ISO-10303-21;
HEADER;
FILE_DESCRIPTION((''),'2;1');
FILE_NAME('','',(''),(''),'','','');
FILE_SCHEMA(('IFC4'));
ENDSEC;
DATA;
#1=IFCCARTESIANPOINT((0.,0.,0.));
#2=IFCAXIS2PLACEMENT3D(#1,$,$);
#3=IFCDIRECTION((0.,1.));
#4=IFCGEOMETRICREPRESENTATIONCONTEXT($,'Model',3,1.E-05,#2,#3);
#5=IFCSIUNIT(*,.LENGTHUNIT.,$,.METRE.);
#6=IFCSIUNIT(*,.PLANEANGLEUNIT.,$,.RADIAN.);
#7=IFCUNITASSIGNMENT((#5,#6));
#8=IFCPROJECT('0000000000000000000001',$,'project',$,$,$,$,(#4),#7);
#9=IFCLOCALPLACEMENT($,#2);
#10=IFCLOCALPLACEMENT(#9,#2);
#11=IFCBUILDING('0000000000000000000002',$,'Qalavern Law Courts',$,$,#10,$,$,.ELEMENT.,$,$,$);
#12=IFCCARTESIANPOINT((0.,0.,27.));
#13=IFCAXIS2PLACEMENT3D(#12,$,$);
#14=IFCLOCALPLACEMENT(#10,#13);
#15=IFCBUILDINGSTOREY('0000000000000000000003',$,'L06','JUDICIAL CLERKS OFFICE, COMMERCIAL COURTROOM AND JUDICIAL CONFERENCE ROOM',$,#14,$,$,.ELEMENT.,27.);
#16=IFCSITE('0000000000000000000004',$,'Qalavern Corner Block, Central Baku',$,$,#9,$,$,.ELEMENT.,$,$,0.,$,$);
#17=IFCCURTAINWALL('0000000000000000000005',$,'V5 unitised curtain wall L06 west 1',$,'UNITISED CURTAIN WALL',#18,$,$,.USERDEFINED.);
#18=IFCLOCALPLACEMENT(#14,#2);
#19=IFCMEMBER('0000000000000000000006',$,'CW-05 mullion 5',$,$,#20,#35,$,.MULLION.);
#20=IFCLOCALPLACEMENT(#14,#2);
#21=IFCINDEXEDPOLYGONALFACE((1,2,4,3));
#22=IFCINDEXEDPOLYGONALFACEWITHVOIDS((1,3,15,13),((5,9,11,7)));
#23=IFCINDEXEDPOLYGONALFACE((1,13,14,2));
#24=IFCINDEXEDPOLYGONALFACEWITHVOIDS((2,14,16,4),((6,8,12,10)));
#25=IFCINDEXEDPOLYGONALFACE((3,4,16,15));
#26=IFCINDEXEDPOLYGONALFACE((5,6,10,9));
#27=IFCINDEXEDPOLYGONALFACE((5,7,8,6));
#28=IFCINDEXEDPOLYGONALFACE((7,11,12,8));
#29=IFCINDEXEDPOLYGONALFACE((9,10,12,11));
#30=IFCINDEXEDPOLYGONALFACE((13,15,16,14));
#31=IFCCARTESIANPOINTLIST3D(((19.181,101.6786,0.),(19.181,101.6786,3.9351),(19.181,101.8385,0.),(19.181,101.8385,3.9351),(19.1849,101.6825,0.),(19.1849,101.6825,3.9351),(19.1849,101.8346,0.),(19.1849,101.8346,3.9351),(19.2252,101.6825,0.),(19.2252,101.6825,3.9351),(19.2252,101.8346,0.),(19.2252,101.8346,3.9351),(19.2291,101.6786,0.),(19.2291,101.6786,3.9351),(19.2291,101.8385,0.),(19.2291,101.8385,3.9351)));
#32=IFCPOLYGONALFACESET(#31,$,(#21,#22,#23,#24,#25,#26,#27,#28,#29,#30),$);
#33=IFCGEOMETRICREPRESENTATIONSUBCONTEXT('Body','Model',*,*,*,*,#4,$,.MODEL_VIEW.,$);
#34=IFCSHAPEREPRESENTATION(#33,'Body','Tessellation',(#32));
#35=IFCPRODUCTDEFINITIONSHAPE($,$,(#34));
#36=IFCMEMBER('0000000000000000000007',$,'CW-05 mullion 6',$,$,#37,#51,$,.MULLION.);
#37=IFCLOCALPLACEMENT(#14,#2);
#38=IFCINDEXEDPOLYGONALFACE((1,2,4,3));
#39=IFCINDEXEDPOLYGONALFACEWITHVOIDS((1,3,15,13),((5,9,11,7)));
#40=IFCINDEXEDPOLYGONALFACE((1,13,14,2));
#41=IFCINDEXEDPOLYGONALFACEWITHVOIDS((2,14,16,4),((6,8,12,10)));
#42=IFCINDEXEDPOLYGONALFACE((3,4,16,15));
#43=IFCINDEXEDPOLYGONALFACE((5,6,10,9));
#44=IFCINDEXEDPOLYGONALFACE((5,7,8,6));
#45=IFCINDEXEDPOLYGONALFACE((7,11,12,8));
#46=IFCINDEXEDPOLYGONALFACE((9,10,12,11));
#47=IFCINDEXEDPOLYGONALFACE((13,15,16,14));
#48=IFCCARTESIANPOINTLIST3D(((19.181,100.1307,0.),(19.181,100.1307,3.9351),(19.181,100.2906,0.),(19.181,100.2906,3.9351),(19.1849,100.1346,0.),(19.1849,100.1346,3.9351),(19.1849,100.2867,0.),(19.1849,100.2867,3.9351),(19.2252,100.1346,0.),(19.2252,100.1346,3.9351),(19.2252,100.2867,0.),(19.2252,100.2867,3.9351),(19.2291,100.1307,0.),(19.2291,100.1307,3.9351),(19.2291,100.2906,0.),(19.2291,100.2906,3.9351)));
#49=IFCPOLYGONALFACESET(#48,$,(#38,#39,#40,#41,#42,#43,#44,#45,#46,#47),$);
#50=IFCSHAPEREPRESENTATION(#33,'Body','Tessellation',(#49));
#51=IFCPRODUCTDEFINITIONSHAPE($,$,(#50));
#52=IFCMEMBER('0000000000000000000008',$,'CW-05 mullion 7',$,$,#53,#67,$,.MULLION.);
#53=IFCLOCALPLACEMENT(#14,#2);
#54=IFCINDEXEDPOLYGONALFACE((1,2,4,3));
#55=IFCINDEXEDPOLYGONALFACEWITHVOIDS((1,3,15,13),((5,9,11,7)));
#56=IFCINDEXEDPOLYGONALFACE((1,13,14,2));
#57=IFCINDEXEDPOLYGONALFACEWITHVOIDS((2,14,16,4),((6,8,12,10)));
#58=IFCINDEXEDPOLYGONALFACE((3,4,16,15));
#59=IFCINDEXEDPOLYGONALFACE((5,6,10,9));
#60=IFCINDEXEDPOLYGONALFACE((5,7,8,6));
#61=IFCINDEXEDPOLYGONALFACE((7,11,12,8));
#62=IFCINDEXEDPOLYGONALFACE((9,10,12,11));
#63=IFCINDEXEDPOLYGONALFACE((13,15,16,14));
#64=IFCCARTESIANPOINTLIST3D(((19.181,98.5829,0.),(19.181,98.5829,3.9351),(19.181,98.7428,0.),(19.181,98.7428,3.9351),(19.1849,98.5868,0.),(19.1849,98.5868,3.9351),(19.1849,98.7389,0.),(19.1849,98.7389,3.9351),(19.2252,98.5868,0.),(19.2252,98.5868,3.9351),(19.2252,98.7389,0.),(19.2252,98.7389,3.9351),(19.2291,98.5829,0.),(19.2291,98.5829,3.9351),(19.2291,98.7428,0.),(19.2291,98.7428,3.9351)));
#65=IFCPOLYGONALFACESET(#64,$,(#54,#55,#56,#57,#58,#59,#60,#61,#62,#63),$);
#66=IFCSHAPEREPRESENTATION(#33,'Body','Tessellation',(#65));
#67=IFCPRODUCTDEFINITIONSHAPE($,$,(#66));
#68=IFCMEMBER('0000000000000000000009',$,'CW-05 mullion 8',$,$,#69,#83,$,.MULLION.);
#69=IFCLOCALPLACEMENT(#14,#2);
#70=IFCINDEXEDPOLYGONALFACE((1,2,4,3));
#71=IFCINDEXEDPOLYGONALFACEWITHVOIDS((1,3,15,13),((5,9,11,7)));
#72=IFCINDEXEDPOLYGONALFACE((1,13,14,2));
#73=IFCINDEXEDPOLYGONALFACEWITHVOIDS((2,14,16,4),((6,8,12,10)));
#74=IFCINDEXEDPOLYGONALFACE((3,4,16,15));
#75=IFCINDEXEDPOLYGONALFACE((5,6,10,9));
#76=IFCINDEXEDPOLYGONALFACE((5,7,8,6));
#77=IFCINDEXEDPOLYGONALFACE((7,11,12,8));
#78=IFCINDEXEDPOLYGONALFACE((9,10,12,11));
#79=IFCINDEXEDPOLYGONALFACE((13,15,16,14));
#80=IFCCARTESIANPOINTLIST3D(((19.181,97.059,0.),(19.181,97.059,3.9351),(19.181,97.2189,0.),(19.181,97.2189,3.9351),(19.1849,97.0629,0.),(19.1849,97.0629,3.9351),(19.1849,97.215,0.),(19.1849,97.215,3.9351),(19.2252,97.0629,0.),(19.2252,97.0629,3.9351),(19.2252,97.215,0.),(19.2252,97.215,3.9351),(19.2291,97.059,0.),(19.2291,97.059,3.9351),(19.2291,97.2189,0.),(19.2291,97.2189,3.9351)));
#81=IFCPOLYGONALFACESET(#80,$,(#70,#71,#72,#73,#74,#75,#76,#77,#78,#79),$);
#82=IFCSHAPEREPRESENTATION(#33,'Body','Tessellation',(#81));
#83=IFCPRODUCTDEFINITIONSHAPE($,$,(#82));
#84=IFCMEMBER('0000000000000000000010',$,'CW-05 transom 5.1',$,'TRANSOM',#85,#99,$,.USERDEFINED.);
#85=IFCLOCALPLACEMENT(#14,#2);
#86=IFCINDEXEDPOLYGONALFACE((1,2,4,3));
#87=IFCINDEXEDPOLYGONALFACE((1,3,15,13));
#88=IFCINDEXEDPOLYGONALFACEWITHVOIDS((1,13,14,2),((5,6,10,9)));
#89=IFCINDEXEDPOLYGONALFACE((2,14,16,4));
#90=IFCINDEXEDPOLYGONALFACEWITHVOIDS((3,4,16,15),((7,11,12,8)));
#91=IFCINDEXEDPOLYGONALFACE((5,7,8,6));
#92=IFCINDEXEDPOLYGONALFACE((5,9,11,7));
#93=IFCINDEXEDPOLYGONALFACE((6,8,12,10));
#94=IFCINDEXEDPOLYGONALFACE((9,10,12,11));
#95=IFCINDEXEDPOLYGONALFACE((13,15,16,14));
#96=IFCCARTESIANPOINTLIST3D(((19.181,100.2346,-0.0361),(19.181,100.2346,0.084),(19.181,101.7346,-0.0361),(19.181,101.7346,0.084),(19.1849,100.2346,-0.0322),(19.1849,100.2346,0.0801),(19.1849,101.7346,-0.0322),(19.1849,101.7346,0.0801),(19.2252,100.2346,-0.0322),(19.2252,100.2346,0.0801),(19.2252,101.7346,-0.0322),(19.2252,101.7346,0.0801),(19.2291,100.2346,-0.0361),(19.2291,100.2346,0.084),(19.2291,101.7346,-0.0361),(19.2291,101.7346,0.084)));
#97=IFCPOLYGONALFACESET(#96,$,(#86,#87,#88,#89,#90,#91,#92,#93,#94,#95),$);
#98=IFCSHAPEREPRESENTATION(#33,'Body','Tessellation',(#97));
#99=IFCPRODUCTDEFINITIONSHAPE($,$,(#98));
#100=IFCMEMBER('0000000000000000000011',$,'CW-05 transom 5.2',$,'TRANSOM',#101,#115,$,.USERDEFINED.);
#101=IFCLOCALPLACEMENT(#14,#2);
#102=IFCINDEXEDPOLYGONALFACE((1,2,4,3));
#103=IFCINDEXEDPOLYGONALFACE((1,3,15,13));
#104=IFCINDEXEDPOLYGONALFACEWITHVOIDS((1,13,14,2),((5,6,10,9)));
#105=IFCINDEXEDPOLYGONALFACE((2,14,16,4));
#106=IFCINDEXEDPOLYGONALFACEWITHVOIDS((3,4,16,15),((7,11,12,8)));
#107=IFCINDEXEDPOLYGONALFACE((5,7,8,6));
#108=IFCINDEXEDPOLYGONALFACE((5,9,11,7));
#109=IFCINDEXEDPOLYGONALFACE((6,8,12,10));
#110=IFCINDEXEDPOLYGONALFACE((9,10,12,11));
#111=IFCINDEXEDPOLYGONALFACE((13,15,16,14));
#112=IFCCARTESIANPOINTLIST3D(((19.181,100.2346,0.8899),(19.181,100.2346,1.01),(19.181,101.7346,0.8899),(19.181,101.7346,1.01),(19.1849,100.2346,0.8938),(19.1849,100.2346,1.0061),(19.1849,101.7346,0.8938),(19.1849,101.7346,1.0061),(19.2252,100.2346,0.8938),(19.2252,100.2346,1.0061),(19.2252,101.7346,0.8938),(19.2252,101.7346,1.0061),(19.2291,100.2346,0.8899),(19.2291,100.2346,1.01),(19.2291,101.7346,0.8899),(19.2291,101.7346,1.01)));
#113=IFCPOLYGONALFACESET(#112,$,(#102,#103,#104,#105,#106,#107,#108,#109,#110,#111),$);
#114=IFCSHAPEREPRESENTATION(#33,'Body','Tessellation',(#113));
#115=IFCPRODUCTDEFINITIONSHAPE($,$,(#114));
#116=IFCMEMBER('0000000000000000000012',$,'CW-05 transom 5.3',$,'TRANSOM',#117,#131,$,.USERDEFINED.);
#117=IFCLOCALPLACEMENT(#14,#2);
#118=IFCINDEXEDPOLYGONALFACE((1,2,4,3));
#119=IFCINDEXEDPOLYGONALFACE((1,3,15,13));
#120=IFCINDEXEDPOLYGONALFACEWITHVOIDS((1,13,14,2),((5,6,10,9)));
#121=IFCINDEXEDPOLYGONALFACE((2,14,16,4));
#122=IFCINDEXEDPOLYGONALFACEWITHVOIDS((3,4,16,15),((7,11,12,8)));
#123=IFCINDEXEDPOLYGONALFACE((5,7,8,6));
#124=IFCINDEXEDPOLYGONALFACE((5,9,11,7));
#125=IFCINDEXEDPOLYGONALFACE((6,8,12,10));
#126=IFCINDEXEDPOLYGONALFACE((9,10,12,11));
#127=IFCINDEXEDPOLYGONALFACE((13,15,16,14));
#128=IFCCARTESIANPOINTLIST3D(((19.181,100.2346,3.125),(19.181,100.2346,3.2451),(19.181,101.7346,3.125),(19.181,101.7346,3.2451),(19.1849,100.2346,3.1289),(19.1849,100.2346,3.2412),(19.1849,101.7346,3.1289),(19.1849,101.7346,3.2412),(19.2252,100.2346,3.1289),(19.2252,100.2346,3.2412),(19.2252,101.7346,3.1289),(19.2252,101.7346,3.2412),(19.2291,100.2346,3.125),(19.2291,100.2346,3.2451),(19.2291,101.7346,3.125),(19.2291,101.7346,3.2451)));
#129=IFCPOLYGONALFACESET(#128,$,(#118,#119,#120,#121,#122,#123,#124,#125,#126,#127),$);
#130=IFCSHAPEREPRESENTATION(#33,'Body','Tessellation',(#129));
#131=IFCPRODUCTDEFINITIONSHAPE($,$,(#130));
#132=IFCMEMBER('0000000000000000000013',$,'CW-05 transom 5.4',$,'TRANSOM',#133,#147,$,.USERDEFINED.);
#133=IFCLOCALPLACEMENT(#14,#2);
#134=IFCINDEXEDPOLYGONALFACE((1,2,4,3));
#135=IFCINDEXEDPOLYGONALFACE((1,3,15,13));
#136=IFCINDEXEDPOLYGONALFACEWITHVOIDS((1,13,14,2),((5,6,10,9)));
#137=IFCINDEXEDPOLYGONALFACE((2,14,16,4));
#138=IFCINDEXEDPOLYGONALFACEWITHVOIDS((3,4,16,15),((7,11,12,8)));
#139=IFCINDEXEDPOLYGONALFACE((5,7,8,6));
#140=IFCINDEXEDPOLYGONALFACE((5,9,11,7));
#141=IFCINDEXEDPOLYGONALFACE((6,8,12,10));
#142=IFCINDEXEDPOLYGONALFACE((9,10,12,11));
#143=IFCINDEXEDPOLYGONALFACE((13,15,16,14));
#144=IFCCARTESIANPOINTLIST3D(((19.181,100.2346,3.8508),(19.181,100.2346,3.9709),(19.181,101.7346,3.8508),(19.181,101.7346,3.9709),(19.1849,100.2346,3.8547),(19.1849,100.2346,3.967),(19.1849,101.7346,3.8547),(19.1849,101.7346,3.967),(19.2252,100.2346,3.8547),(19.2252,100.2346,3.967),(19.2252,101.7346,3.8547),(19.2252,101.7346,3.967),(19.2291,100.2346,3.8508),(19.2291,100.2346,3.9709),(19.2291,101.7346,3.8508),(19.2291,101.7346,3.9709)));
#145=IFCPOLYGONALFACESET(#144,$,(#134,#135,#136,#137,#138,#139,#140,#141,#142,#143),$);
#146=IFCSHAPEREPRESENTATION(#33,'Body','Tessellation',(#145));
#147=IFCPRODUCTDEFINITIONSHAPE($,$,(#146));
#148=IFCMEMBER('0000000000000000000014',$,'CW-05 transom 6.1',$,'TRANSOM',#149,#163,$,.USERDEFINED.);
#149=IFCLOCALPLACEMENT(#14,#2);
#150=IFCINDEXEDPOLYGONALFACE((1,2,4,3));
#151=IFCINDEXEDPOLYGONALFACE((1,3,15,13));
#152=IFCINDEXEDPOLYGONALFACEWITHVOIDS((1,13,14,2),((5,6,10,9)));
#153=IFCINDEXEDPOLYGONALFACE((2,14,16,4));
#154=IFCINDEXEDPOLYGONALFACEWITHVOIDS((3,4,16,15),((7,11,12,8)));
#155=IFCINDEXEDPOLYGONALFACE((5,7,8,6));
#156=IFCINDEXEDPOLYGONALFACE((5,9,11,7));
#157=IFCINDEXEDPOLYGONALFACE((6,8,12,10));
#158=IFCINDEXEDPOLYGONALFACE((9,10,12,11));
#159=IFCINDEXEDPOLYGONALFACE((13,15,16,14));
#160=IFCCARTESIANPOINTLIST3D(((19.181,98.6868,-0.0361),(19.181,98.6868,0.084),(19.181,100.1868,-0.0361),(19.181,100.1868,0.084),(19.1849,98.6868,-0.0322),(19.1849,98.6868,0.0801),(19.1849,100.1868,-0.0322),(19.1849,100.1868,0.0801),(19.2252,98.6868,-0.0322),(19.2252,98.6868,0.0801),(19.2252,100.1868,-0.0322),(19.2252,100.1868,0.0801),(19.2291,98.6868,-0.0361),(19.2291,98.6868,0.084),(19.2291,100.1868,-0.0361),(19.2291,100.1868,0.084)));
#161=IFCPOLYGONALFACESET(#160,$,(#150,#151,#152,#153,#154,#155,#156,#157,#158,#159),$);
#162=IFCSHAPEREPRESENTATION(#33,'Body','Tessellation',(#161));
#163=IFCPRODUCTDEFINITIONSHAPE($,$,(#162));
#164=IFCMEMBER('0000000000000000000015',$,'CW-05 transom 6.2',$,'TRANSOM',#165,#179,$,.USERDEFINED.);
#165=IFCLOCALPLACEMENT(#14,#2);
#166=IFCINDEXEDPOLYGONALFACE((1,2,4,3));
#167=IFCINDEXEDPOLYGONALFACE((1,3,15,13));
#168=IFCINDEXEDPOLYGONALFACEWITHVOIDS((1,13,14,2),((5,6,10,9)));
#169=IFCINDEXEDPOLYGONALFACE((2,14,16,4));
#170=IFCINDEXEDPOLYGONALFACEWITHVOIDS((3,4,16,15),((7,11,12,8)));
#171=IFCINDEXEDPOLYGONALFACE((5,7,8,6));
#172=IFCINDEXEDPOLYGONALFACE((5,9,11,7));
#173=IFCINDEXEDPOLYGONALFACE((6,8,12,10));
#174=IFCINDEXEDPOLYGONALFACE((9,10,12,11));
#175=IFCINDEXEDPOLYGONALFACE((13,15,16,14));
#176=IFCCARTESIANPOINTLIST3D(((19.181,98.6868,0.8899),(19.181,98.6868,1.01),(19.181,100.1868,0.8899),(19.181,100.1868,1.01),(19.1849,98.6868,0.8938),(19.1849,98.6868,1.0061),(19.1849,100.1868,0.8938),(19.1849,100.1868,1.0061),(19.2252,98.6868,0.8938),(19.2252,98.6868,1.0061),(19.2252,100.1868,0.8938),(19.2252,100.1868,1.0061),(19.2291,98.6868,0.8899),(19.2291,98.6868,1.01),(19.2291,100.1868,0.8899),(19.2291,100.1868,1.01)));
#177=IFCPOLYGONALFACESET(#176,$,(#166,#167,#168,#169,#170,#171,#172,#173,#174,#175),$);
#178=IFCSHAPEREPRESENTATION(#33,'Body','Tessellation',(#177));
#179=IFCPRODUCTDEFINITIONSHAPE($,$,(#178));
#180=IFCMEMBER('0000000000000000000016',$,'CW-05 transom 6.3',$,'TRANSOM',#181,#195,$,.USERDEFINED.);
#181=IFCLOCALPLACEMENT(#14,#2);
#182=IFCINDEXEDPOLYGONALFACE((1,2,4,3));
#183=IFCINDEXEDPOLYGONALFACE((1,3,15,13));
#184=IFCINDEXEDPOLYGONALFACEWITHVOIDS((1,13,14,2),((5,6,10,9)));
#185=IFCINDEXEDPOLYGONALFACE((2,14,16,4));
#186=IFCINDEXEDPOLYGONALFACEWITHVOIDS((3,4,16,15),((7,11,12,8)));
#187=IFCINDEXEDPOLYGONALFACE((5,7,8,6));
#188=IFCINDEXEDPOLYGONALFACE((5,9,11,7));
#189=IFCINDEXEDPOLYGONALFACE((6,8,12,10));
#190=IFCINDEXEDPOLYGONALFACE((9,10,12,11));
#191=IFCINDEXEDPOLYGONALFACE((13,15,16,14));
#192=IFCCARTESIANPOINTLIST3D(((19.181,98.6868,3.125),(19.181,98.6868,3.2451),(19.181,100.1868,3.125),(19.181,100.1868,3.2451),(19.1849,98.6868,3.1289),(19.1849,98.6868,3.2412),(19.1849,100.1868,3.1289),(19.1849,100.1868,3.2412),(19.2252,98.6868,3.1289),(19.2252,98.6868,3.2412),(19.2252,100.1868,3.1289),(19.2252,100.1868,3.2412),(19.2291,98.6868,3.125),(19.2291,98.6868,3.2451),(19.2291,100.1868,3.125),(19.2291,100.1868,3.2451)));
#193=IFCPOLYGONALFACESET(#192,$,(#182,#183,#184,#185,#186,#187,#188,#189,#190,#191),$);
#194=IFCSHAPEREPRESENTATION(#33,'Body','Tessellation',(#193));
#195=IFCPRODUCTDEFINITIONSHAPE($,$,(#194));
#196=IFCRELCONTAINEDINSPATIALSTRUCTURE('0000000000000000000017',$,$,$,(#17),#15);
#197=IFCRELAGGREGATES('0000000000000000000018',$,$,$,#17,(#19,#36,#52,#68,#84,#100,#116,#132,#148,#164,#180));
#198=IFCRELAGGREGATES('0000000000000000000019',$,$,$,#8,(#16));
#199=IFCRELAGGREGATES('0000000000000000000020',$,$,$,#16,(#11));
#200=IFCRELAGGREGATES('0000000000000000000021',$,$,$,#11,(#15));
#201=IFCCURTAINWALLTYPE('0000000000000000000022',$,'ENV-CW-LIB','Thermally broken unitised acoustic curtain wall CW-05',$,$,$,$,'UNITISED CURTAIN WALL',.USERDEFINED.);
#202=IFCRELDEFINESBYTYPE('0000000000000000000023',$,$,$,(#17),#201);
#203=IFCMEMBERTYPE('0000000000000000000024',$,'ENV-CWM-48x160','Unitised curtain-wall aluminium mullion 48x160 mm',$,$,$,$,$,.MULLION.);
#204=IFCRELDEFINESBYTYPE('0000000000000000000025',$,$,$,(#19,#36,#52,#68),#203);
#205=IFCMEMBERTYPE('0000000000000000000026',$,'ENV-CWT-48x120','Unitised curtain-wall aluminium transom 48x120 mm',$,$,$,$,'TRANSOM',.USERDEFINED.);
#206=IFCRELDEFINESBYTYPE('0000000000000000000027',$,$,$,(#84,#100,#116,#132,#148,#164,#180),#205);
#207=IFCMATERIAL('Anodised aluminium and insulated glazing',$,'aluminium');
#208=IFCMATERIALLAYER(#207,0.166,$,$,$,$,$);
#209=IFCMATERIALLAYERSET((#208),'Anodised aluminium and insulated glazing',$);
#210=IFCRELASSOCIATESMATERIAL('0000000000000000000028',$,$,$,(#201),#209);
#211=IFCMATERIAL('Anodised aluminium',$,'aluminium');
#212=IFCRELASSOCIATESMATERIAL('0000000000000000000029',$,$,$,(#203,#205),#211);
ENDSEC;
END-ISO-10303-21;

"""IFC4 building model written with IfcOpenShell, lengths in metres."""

from ifc_helpers import new_model, si_unit, direction, frame, origin, origin_2d, place, context, subcontext, project, spatial, hollow_rectangle, extrude, material, layer, layer_set, material_profile, profile_set, type_object, element, aggregate, save


model = new_model("IFC4")

# Units and contexts
model_context = context("Model", 3, precision=1e-05, world=origin(), true_north=direction((0.0, 1.0)))
body_context = subcontext(model_context, "Body", "Model", "MODEL_VIEW")
ifc_project = project(units=[si_unit("LENGTHUNIT", "METRE"), si_unit("PLANEANGLEUNIT", "RADIAN")], contexts=[model_context])

# Site, building, storey
site_placement = place(None, origin())
site = spatial("IfcSite", under=ifc_project, at=site_placement, Name="Qalavern Corner Block, Central Baku", CompositionType="ELEMENT", RefElevation=0.0)
building_placement = place(site_placement, origin())
building = spatial("IfcBuilding", under=site, at=building_placement, Name="Qalavern Law Courts", CompositionType="ELEMENT")
storey_placement = place(building_placement, frame((0.0, 0.0, 27.0)))
storey = spatial("IfcBuildingStorey", under=building, at=storey_placement, Name="L06", Description="JUDICIAL CLERKS OFFICE, COMMERCIAL COURTROOM AND JUDICIAL CONFERENCE ROOM", CompositionType="ELEMENT", Elevation=27.0)

# Curtain wall, members
ifc_material_1 = material(Name="Anodised aluminium and insulated glazing", Category="aluminium")
ifc_layer_1 = layer(ifc_material_1, 0.166)
ifc_layer_set_1 = layer_set([ifc_layer_1], Name="Anodised aluminium and insulated glazing")
curtain_wall_type = type_object("IfcCurtainWallType", Name="ENV-CW-LIB", Description="Thermally broken unitised acoustic curtain wall CW-05", ElementType="UNITISED CURTAIN WALL", PredefinedType="USERDEFINED", material=ifc_layer_set_1)
curtain_wall_placement = place(storey_placement, origin())
curtain_wall = element("IfcCurtainWall", 1, at=curtain_wall_placement, inside=storey, type_object=curtain_wall_type, Name="V5 unitised curtain wall L06 west 1", ObjectType="UNITISED CURTAIN WALL", PredefinedType="USERDEFINED")
ifc_material_2 = material(Name="Anodised aluminium", Category="aluminium")
ifc_material_profile_1 = material_profile(ifc_material_2, hollow_rectangle(XDim=0.0481, YDim=0.1599, WallThickness=0.0039, at=origin_2d()), Name="ALU MULLION 48x160")
ifc_profile_set_1 = profile_set([ifc_material_profile_1], Name="Anodised aluminium")
member_type_1 = type_object("IfcMemberType", Name="ENV-CWM-48x160", Description="Unitised curtain-wall aluminium mullion 48x160 mm", PredefinedType="MULLION", material=ifc_profile_set_1)
member_1_placement = place(storey_placement, frame((19.2051, 101.7585, 0.0), z_axis=(0.0, 0.0, 1.0), x_axis=(1.0, 0.0, 0.0)))
member_1 = element("IfcMember", 2, at=member_1_placement, type_object=member_type_1, Name="CW-05 mullion 5", PredefinedType="MULLION", context=body_context, shape_type="SweptSolid", body=[
    extrude(hollow_rectangle(XDim=0.0481, YDim=0.1599, WallThickness=0.0039, at=origin_2d()), origin(), (0.0, 0.0, 1.0), 3.9351),
])
member_2_placement = place(storey_placement, frame((19.2051, 100.2107, 0.0), z_axis=(0.0, 0.0, 1.0), x_axis=(1.0, 0.0, 0.0)))
member_2 = element("IfcMember", 3, at=member_2_placement, type_object=member_type_1, Name="CW-05 mullion 6", PredefinedType="MULLION", context=body_context, shape_type="SweptSolid", body=[
    extrude(hollow_rectangle(XDim=0.0481, YDim=0.1599, WallThickness=0.0039, at=origin_2d()), origin(), (0.0, 0.0, 1.0), 3.9351),
])
member_3_placement = place(storey_placement, frame((19.2051, 98.6628, 0.0), z_axis=(0.0, 0.0, 1.0), x_axis=(1.0, 0.0, 0.0)))
member_3 = element("IfcMember", 4, at=member_3_placement, type_object=member_type_1, Name="CW-05 mullion 7", PredefinedType="MULLION", context=body_context, shape_type="SweptSolid", body=[
    extrude(hollow_rectangle(XDim=0.0481, YDim=0.1599, WallThickness=0.0039, at=origin_2d()), origin(), (0.0, 0.0, 1.0), 3.9351),
])
member_4_placement = place(storey_placement, frame((19.2051, 97.1389, 0.0), z_axis=(0.0, 0.0, 1.0), x_axis=(1.0, 0.0, 0.0)))
member_4 = element("IfcMember", 5, at=member_4_placement, type_object=member_type_1, Name="CW-05 mullion 8", PredefinedType="MULLION", context=body_context, shape_type="SweptSolid", body=[
    extrude(hollow_rectangle(XDim=0.0481, YDim=0.1599, WallThickness=0.0039, at=origin_2d()), origin(), (0.0, 0.0, 1.0), 3.9351),
])
ifc_material_profile_2 = material_profile(ifc_material_2, hollow_rectangle(XDim=0.0481, YDim=0.1201, WallThickness=0.0039, at=origin_2d()), Name="ALU TRANSOM 48x120")
ifc_profile_set_2 = profile_set([ifc_material_profile_2], Name="Anodised aluminium")
member_type_2 = type_object("IfcMemberType", Name="ENV-CWT-48x120", Description="Unitised curtain-wall aluminium transom 48x120 mm", ElementType="TRANSOM", PredefinedType="USERDEFINED", material=ifc_profile_set_2)
member_5_placement = place(storey_placement, frame((19.2051, 101.7346, 0.0239), z_axis=(0.0, -1.0, 0.0), x_axis=(1.0, 0.0, 0.0)))
member_5 = element("IfcMember", 6, at=member_5_placement, type_object=member_type_2, Name="CW-05 transom 5.1", ObjectType="TRANSOM", PredefinedType="USERDEFINED", context=body_context, shape_type="SweptSolid", body=[
    extrude(hollow_rectangle(XDim=0.0481, YDim=0.1201, WallThickness=0.0039, at=origin_2d()), origin(), (0.0, 0.0, 1.0), 1.5),
])
member_6_placement = place(storey_placement, frame((19.2051, 101.7346, 0.95), z_axis=(0.0, -1.0, 0.0), x_axis=(1.0, 0.0, 0.0)))
member_6 = element("IfcMember", 7, at=member_6_placement, type_object=member_type_2, Name="CW-05 transom 5.2", ObjectType="TRANSOM", PredefinedType="USERDEFINED", context=body_context, shape_type="SweptSolid", body=[
    extrude(hollow_rectangle(XDim=0.0481, YDim=0.1201, WallThickness=0.0039, at=origin_2d()), origin(), (0.0, 0.0, 1.0), 1.5),
])
member_7_placement = place(storey_placement, frame((19.2051, 101.7346, 3.1851), z_axis=(0.0, -1.0, 0.0), x_axis=(1.0, 0.0, 0.0)))
member_7 = element("IfcMember", 8, at=member_7_placement, type_object=member_type_2, Name="CW-05 transom 5.3", ObjectType="TRANSOM", PredefinedType="USERDEFINED", context=body_context, shape_type="SweptSolid", body=[
    extrude(hollow_rectangle(XDim=0.0481, YDim=0.1201, WallThickness=0.0039, at=origin_2d()), origin(), (0.0, 0.0, 1.0), 1.5),
])
member_8_placement = place(storey_placement, frame((19.2051, 101.7346, 3.9109), z_axis=(0.0, -1.0, 0.0), x_axis=(1.0, 0.0, 0.0)))
member_8 = element("IfcMember", 9, at=member_8_placement, type_object=member_type_2, Name="CW-05 transom 5.4", ObjectType="TRANSOM", PredefinedType="USERDEFINED", context=body_context, shape_type="SweptSolid", body=[
    extrude(hollow_rectangle(XDim=0.0481, YDim=0.1201, WallThickness=0.0039, at=origin_2d()), origin(), (0.0, 0.0, 1.0), 1.5),
])
member_9_placement = place(storey_placement, frame((19.2051, 100.1868, 0.0239), z_axis=(0.0, -1.0, 0.0), x_axis=(1.0, 0.0, 0.0)))
member_9 = element("IfcMember", 10, at=member_9_placement, type_object=member_type_2, Name="CW-05 transom 6.1", ObjectType="TRANSOM", PredefinedType="USERDEFINED", context=body_context, shape_type="SweptSolid", body=[
    extrude(hollow_rectangle(XDim=0.0481, YDim=0.1201, WallThickness=0.0039, at=origin_2d()), origin(), (0.0, 0.0, 1.0), 1.5),
])
member_10_placement = place(storey_placement, frame((19.2051, 100.1868, 0.95), z_axis=(0.0, -1.0, 0.0), x_axis=(1.0, 0.0, 0.0)))
member_10 = element("IfcMember", 11, at=member_10_placement, type_object=member_type_2, Name="CW-05 transom 6.2", ObjectType="TRANSOM", PredefinedType="USERDEFINED", context=body_context, shape_type="SweptSolid", body=[
    extrude(hollow_rectangle(XDim=0.0481, YDim=0.1201, WallThickness=0.0039, at=origin_2d()), origin(), (0.0, 0.0, 1.0), 1.5),
])
member_11_placement = place(storey_placement, frame((19.2051, 100.1868, 3.1851), z_axis=(0.0, -1.0, 0.0), x_axis=(1.0, 0.0, 0.0)))
member_11 = element("IfcMember", 12, at=member_11_placement, type_object=member_type_2, Name="CW-05 transom 6.3", ObjectType="TRANSOM", PredefinedType="USERDEFINED", context=body_context, shape_type="SweptSolid", body=[
    extrude(hollow_rectangle(XDim=0.0481, YDim=0.1201, WallThickness=0.0039, at=origin_2d()), origin(), (0.0, 0.0, 1.0), 1.5),
])
aggregate(curtain_wall, [member_1, member_2, member_3, member_4, member_5, member_6, member_7, member_8, member_9, member_10, member_11])

save(model, "model.ifc")
